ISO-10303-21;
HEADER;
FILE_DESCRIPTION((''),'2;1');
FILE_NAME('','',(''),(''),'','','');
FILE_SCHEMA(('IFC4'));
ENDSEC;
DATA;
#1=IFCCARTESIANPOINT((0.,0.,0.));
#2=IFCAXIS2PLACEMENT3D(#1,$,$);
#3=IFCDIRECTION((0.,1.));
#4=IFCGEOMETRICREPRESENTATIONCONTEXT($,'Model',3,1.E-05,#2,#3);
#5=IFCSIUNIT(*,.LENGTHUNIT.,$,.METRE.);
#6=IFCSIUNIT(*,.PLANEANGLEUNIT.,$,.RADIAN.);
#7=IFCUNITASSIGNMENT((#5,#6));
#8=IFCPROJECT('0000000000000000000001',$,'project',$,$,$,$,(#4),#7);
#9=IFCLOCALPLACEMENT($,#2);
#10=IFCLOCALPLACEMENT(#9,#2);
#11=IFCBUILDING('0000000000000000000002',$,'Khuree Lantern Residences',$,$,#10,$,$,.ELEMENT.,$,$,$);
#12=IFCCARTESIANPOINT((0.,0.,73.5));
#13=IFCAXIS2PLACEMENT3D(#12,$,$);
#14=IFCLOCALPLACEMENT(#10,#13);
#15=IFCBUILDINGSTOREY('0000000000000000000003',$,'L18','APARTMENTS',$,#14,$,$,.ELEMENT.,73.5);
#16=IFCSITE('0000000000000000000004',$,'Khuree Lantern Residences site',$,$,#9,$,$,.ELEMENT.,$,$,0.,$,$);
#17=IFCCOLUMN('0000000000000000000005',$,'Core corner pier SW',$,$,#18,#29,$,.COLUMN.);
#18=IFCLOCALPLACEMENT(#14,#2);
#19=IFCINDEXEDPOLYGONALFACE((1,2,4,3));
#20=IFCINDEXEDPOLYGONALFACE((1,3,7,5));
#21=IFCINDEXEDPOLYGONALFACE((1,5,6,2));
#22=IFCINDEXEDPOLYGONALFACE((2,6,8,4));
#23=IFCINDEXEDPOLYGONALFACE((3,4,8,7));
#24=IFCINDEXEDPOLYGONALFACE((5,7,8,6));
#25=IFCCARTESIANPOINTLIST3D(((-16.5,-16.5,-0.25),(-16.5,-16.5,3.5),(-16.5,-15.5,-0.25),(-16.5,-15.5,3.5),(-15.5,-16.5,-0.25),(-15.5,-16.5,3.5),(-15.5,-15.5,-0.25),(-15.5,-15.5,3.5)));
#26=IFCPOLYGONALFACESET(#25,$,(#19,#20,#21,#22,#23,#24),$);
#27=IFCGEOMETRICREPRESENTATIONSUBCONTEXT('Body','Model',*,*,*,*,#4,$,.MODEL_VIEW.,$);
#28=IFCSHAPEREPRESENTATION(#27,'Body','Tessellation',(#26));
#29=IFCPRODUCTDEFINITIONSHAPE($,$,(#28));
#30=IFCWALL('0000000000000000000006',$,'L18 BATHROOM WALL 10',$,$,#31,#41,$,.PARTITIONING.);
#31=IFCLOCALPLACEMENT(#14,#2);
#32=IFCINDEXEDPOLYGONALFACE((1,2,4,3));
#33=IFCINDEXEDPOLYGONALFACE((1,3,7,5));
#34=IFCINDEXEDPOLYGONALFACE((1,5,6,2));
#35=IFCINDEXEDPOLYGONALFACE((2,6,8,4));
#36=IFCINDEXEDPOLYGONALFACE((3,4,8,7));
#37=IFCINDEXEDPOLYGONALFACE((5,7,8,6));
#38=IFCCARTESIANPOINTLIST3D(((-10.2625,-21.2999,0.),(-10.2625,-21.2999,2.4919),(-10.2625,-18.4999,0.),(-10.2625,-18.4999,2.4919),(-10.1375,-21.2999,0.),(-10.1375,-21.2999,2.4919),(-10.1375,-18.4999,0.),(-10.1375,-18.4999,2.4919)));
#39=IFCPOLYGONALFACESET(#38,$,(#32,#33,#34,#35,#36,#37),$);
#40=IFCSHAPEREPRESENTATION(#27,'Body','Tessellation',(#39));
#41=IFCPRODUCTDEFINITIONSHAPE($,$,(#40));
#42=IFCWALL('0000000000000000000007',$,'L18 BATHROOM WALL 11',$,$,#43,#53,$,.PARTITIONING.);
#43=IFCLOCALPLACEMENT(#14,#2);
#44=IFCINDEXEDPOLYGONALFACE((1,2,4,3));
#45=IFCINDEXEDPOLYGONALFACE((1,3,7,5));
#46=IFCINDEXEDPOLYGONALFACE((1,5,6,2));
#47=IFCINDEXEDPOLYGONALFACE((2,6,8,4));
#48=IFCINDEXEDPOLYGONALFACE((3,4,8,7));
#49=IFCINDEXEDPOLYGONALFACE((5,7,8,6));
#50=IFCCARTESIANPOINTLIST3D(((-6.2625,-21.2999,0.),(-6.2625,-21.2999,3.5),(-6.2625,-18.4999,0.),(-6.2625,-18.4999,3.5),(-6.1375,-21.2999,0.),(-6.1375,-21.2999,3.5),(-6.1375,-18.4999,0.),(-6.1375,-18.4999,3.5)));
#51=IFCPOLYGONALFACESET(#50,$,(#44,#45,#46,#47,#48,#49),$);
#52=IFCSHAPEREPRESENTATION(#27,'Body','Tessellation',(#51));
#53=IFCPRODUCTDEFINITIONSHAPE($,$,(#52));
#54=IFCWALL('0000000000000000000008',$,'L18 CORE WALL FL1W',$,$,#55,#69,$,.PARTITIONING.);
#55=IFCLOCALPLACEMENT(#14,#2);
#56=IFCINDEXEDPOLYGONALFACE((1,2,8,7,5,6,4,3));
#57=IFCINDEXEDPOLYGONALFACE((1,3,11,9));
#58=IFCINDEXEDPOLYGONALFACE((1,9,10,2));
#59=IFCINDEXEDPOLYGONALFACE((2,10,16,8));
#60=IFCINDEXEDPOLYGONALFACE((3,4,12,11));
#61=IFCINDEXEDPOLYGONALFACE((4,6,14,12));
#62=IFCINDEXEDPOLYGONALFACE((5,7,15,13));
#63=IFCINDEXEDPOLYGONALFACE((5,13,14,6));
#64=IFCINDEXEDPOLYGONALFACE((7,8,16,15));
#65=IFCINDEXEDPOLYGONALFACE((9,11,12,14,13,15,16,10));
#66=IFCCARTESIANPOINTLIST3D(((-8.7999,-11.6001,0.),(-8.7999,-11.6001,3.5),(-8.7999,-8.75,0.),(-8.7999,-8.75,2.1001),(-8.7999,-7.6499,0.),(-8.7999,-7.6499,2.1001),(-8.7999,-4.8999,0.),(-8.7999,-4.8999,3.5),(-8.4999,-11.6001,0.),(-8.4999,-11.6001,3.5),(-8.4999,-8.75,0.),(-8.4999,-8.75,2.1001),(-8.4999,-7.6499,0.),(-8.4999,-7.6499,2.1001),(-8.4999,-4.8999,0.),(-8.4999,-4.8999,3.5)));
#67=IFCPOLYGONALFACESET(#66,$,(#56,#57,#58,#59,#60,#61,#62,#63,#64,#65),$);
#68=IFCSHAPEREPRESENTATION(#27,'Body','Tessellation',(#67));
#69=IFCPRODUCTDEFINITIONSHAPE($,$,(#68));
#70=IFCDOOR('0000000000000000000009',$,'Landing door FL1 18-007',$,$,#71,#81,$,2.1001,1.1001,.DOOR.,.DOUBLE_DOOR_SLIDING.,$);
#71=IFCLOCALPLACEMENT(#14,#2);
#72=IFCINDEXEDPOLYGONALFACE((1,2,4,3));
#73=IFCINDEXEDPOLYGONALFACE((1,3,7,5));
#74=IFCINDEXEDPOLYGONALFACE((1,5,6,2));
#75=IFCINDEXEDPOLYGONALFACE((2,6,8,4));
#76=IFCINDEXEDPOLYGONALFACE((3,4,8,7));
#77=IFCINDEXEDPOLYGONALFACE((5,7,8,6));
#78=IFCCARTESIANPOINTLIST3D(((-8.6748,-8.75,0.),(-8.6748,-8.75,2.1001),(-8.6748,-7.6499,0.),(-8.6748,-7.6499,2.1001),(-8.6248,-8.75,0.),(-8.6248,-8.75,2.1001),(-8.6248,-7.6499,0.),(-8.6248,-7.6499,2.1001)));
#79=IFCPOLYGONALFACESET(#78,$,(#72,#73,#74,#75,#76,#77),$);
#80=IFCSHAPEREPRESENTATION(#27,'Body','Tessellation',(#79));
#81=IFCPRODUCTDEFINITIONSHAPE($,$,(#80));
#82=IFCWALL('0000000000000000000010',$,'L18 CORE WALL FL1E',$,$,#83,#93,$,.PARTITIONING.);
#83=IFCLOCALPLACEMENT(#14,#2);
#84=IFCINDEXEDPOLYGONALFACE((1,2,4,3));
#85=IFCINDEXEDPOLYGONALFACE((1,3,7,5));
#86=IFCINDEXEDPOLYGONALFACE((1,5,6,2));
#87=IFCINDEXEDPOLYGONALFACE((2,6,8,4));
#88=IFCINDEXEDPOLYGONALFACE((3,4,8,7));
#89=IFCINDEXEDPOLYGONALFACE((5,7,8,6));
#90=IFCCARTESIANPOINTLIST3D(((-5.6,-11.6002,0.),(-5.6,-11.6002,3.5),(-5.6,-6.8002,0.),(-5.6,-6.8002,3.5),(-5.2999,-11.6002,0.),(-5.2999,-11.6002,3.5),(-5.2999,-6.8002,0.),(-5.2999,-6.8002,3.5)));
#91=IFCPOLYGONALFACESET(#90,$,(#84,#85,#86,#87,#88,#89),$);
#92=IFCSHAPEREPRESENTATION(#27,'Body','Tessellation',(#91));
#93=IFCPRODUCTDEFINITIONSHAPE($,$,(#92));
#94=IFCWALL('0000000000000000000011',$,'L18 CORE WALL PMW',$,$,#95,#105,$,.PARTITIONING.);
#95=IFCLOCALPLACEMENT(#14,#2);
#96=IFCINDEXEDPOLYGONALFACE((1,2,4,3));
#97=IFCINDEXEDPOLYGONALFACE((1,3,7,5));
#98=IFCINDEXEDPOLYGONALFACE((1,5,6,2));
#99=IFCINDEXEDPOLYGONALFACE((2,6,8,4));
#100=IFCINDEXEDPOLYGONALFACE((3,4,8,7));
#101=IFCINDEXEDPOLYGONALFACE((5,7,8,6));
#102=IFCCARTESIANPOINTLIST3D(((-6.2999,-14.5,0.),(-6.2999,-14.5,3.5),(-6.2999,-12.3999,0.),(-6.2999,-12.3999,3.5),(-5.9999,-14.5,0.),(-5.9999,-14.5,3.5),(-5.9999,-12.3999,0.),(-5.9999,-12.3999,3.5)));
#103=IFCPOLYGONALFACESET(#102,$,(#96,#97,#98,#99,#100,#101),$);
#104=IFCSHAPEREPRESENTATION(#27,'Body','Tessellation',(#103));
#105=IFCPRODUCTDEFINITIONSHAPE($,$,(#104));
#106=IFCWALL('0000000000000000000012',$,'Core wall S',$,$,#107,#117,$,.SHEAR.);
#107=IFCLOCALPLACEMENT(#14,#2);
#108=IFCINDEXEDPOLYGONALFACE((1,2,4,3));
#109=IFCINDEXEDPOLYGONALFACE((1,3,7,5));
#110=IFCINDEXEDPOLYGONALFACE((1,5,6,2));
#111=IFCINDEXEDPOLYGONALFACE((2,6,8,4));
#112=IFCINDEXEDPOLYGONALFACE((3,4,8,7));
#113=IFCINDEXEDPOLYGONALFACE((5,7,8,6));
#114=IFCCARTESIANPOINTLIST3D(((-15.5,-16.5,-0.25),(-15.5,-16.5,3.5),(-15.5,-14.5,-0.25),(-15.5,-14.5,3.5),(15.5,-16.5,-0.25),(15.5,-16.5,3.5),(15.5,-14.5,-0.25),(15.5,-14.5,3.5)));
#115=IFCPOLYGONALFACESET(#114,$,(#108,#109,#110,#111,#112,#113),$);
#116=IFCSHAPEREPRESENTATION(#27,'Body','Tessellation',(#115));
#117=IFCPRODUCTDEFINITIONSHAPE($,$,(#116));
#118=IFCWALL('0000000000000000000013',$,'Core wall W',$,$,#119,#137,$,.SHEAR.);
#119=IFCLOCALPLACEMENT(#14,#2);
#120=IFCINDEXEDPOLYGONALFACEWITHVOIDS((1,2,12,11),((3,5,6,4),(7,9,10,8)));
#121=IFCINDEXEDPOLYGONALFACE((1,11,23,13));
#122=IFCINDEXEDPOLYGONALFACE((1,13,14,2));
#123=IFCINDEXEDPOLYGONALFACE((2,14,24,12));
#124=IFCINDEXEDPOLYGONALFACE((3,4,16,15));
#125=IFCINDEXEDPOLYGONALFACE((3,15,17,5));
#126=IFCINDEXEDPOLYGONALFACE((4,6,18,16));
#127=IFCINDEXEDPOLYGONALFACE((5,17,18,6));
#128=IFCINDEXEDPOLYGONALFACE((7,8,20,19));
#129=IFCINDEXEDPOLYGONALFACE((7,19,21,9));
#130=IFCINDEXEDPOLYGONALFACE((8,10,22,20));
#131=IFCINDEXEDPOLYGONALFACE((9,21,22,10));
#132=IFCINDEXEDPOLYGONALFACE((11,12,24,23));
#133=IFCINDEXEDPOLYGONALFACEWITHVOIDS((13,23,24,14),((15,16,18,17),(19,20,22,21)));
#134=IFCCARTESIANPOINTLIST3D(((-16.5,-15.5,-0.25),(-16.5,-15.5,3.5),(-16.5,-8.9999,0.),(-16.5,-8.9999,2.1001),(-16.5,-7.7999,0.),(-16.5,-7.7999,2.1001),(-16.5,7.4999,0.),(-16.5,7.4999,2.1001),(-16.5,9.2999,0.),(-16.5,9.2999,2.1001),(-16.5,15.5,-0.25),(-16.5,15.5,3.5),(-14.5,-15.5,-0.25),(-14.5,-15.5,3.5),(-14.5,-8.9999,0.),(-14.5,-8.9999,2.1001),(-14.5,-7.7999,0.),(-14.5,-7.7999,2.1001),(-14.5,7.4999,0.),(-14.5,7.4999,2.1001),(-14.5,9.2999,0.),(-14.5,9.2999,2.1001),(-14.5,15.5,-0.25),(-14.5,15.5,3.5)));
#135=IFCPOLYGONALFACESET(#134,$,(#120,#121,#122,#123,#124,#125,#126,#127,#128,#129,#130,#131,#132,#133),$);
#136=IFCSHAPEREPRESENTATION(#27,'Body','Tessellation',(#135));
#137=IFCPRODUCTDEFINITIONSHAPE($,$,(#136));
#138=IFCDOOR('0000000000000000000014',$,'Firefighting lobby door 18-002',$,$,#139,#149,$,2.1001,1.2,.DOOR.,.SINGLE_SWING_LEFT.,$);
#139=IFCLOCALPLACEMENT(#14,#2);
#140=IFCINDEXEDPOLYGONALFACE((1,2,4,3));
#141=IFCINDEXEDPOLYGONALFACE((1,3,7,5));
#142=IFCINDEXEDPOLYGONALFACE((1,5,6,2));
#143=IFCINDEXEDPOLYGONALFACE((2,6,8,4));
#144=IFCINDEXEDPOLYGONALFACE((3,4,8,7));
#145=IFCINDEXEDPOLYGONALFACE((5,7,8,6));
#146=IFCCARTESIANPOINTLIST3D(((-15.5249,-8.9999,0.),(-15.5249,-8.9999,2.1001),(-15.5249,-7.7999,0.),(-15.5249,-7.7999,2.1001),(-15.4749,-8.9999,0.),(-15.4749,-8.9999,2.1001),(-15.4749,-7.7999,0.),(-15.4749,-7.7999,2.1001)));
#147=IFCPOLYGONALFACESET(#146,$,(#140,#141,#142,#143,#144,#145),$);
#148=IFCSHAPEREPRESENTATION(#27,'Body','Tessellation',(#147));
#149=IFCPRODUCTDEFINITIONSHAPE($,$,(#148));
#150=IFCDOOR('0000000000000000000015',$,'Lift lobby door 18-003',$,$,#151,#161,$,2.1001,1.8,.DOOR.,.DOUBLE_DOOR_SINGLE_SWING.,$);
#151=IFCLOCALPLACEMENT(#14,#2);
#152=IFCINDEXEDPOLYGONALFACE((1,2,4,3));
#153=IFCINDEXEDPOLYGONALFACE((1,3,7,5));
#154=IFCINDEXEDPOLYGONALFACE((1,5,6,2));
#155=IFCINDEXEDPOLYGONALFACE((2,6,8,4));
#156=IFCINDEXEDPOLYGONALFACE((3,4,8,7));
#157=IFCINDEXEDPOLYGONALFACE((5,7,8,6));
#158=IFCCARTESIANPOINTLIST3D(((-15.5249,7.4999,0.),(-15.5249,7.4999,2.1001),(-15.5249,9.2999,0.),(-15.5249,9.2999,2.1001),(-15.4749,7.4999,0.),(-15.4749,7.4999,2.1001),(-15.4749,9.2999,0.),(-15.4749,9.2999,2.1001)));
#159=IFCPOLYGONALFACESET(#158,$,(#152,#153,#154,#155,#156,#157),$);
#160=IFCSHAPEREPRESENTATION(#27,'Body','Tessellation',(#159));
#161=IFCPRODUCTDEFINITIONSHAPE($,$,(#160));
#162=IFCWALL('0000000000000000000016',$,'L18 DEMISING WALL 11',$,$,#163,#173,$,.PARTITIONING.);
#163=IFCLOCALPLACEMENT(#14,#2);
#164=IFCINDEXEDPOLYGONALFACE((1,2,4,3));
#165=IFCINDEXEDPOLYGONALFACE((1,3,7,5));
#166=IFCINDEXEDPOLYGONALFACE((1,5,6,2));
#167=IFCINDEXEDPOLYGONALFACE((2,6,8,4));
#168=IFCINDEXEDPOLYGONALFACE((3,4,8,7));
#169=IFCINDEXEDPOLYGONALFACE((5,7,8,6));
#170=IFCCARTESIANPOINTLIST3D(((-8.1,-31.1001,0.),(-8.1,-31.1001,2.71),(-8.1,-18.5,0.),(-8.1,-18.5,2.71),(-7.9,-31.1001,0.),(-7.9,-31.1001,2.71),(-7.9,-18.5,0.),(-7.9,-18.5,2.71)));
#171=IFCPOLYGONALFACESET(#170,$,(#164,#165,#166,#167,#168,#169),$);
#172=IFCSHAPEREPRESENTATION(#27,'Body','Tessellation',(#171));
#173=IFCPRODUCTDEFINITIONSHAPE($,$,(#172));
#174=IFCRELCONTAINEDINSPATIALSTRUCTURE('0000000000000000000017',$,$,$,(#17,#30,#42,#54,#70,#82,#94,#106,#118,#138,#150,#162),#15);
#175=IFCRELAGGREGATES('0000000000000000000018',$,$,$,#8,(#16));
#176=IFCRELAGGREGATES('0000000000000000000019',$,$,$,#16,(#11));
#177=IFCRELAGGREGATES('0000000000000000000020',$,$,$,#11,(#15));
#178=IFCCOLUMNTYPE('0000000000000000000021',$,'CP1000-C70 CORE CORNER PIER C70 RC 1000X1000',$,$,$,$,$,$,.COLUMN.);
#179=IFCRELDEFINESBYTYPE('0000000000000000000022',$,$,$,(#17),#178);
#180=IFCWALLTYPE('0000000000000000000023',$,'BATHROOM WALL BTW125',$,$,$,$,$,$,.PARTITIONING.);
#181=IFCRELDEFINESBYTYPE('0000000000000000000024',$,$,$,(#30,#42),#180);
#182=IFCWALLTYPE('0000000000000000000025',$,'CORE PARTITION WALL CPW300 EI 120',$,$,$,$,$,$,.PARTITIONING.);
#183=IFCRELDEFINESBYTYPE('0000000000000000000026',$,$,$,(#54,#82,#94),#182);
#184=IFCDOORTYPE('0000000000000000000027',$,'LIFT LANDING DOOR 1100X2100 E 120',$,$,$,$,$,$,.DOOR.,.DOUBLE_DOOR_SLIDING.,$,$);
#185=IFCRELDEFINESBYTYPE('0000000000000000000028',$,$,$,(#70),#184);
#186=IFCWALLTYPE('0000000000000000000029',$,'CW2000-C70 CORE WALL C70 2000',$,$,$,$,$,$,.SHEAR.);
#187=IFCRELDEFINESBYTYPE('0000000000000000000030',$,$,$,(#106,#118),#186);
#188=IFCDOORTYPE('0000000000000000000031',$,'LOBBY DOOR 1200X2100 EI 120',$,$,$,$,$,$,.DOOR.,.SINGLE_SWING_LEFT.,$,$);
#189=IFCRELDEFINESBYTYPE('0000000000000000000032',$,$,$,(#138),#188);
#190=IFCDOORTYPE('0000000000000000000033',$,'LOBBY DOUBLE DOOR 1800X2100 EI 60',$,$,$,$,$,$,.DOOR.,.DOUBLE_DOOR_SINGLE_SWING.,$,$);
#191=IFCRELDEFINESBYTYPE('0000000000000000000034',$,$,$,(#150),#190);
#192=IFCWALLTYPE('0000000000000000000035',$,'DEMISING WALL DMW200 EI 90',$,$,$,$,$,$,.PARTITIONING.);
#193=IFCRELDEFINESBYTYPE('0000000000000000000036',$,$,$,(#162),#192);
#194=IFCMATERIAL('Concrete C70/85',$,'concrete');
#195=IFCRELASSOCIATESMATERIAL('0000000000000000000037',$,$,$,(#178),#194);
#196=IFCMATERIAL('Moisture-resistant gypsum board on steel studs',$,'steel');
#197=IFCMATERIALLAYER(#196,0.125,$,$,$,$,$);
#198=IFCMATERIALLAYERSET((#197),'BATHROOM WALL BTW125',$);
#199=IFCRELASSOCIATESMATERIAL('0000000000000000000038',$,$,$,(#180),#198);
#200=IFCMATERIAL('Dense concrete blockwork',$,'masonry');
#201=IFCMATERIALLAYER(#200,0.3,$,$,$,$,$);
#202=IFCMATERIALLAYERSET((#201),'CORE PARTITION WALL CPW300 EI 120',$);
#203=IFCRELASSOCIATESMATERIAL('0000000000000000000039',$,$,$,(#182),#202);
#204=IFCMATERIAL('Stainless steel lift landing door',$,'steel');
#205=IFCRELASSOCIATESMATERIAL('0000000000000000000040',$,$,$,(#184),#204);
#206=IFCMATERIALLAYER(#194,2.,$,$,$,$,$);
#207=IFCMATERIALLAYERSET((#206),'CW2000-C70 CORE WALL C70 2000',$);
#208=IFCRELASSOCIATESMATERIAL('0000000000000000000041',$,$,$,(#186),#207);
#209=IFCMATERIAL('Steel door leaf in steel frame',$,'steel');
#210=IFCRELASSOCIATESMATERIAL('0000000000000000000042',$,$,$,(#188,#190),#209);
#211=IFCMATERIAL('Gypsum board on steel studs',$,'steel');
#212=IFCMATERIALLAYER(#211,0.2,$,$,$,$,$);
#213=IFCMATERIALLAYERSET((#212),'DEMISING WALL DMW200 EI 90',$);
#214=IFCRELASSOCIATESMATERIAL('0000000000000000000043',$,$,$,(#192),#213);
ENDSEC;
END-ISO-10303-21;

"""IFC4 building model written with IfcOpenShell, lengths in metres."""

from ifc_helpers import new_model, si_unit, direction, frame, frame_2d, origin, origin_2d, place, context, subcontext, project, spatial, rectangle, extrude, material, layer, layer_set, material_profile, profile_set, type_object, element, fill, save


model = new_model("IFC4")

# Units and contexts
model_context = context("Model", 3, precision=1e-05, world=origin(), true_north=direction((0.0, 1.0)))
body_context = subcontext(model_context, "Body", "Model", "MODEL_VIEW")
ifc_project = project(units=[si_unit("LENGTHUNIT", "METRE"), si_unit("PLANEANGLEUNIT", "RADIAN")], contexts=[model_context])

# Site, building, storey
site_placement = place(None, origin())
site = spatial("IfcSite", under=ifc_project, at=site_placement, Name="Khuree Lantern Residences site", CompositionType="ELEMENT", RefElevation=0.0)
building_placement = place(site_placement, origin())
building = spatial("IfcBuilding", under=site, at=building_placement, Name="Khuree Lantern Residences", CompositionType="ELEMENT")
storey_placement = place(building_placement, frame((0.0, 0.0, 73.5)))
storey = spatial("IfcBuildingStorey", under=building, at=storey_placement, Name="L18", Description="APARTMENTS", CompositionType="ELEMENT", Elevation=73.5)

# Column
ifc_material_1 = material(Name="Concrete C70/85", Category="concrete")
ifc_material_profile = material_profile(ifc_material_1, rectangle(XDim=1.0, YDim=1.0, at=origin_2d()), Name="RC 1000X1000")
ifc_profile_set = profile_set([ifc_material_profile], Name="Concrete C70/85")
column_type = type_object("IfcColumnType", Name="CP1000-C70 CORE CORNER PIER C70 RC 1000X1000", PredefinedType="COLUMN", material=ifc_profile_set)
column_placement = place(storey_placement, frame((-16.0, -16.0, -0.25), z_axis=(0.0, 0.0, 1.0), x_axis=(1.0, 0.0, 0.0)))
element("IfcColumn", 1, at=column_placement, inside=storey, type_object=column_type, Name="Core corner pier SW", PredefinedType="COLUMN", context=body_context, shape_type="SweptSolid", body=[
    extrude(rectangle(XDim=1.0, YDim=1.0, at=origin_2d()), origin(), (0.0, 0.0, 1.0), 3.75),
])

# Walls
ifc_material_2 = material(Name="Moisture-resistant gypsum board on steel studs", Category="steel")
ifc_layer_1 = layer(ifc_material_2, 0.125)
ifc_layer_set_1 = layer_set([ifc_layer_1], Name="BATHROOM WALL BTW125")
wall_type_1 = type_object("IfcWallType", Name="BATHROOM WALL BTW125", PredefinedType="PARTITIONING", material=ifc_layer_set_1)
wall_1_placement = place(storey_placement, frame((-10.2, -18.5, 0.0), z_axis=(0.0, 0.0, 1.0), x_axis=(0.0, -1.0, 0.0)))
element("IfcWall", 2, at=wall_1_placement, inside=storey, type_object=wall_type_1, Name="L18 BATHROOM WALL 10", PredefinedType="PARTITIONING", context=body_context, shape_type="SweptSolid", body=[
    extrude(rectangle(XDim=2.8, YDim=0.125, at=frame_2d((1.3999, 0.0))), origin(), (0.0, 0.0, 1.0), 2.4919),
])
wall_2_placement = place(storey_placement, frame((-6.2, -18.5, 0.0), z_axis=(0.0, 0.0, 1.0), x_axis=(0.0, -1.0, 0.0)))
element("IfcWall", 3, at=wall_2_placement, inside=storey, type_object=wall_type_1, Name="L18 BATHROOM WALL 11", PredefinedType="PARTITIONING", context=body_context, shape_type="SweptSolid", body=[
    extrude(rectangle(XDim=2.8, YDim=0.125, at=frame_2d((1.3999, 0.0))), origin(), (0.0, 0.0, 1.0), 3.5),
])

# Wall, opening, door
ifc_material_3 = material(Name="Dense concrete blockwork", Category="masonry")
ifc_layer_2 = layer(ifc_material_3, 0.3)
ifc_layer_set_2 = layer_set([ifc_layer_2], Name="CORE PARTITION WALL CPW300 EI 120")
wall_type_2 = type_object("IfcWallType", Name="CORE PARTITION WALL CPW300 EI 120", PredefinedType="PARTITIONING", material=ifc_layer_set_2)
wall_3_placement = place(storey_placement, frame((-8.6499, -11.6001, 0.0), z_axis=(0.0, 0.0, 1.0), x_axis=(0.0, 1.0, 0.0)))
wall_3 = element("IfcWall", 4, at=wall_3_placement, inside=storey, type_object=wall_type_2, Name="L18 CORE WALL FL1W", PredefinedType="PARTITIONING", context=body_context, shape_type="SweptSolid", body=[
    extrude(rectangle(XDim=6.7002, YDim=0.3, at=frame_2d((3.3501, 0.0))), origin(), (0.0, 0.0, 1.0), 3.5),
])
opening_1_placement = place(wall_3_placement, frame((2.8501, 0.0, 0.0)))
opening_1 = element("IfcOpeningElement", 5, at=opening_1_placement, cuts=wall_3, PredefinedType="OPENING", context=body_context, shape_type="SweptSolid", body=[
    extrude(rectangle(XDim=1.1001, YDim=2.1001, at=frame_2d((0.55, 1.05))), frame((0.0, 0.1602, 0.0), z_axis=(0.0, -1.0, 0.0), x_axis=(1.0, 0.0, 0.0)), (0.0, 0.0, 1.0), 0.3201),
])
ifc_material_4 = material(Name="Stainless steel lift landing door", Category="steel")
door_type_1 = type_object("IfcDoorType", Name="LIFT LANDING DOOR 1100X2100 E 120", OperationType="DOUBLE_DOOR_SLIDING", PredefinedType="DOOR", material=ifc_material_4)
door_1_placement = place(opening_1_placement, origin())
door_1 = element("IfcDoor", 6, at=door_1_placement, inside=storey, type_object=door_type_1, Name="Landing door FL1 18-007", OperationType="DOUBLE_DOOR_SLIDING", OverallHeight=2.1001, OverallWidth=1.1001, PredefinedType="DOOR", context=body_context, shape_type="SweptSolid", body=[
    extrude(rectangle(XDim=1.1001, YDim=2.1001, at=frame_2d((0.55, 1.05))), frame((0.0, 0.0249, 0.0), z_axis=(0.0, -1.0, 0.0), x_axis=(1.0, 0.0, 0.0)), (0.0, 0.0, 1.0), 0.05),
])
fill(opening_1, door_1)

# Walls
wall_4_placement = place(storey_placement, frame((-5.45, -11.6001, 0.0), z_axis=(0.0, 0.0, 1.0), x_axis=(0.0, 1.0, 0.0)))
element("IfcWall", 7, at=wall_4_placement, inside=storey, type_object=wall_type_2, Name="L18 CORE WALL FL1E", PredefinedType="PARTITIONING", context=body_context, shape_type="SweptSolid", body=[
    extrude(rectangle(XDim=4.8, YDim=0.3, at=frame_2d((2.3999, 0.0))), origin(), (0.0, 0.0, 1.0), 3.5),
])
wall_5_placement = place(storey_placement, frame((-6.1499, -14.5, 0.0), z_axis=(0.0, 0.0, 1.0), x_axis=(0.0, 1.0, 0.0)))
element("IfcWall", 8, at=wall_5_placement, inside=storey, type_object=wall_type_2, Name="L18 CORE WALL PMW", PredefinedType="PARTITIONING", context=body_context, shape_type="SweptSolid", body=[
    extrude(rectangle(XDim=2.1001, YDim=0.3, at=frame_2d((1.05, 0.0))), origin(), (0.0, 0.0, 1.0), 3.5),
])
ifc_layer_3 = layer(ifc_material_1, 2.0)
ifc_layer_set_3 = layer_set([ifc_layer_3], Name="CW2000-C70 CORE WALL C70 2000")
wall_type_3 = type_object("IfcWallType", Name="CW2000-C70 CORE WALL C70 2000", PredefinedType="SHEAR", material=ifc_layer_set_3)
wall_6_placement = place(storey_placement, frame((-15.5, -15.5, -0.25), z_axis=(0.0, 0.0, 1.0), x_axis=(1.0, 0.0, 0.0)))
element("IfcWall", 9, at=wall_6_placement, inside=storey, type_object=wall_type_3, Name="Core wall S", PredefinedType="SHEAR", context=body_context, shape_type="SweptSolid", body=[
    extrude(rectangle(XDim=31.0, YDim=2.0, at=frame_2d((15.5, 0.0))), origin(), (0.0, 0.0, 1.0), 3.75),
])

# Wall, openings, doors
wall_7_placement = place(storey_placement, frame((-15.5, -15.5, -0.25), z_axis=(0.0, 0.0, 1.0), x_axis=(0.0, 1.0, 0.0)))
wall_7 = element("IfcWall", 10, at=wall_7_placement, inside=storey, type_object=wall_type_3, Name="Core wall W", PredefinedType="SHEAR", context=body_context, shape_type="SweptSolid", body=[
    extrude(rectangle(XDim=31.0, YDim=2.0, at=frame_2d((15.5, 0.0))), origin(), (0.0, 0.0, 1.0), 3.75),
])
opening_2_placement = place(wall_7_placement, frame((6.5, 0.0, 0.25)))
opening_2 = element("IfcOpeningElement", 11, at=opening_2_placement, cuts=wall_7, PredefinedType="OPENING", context=body_context, shape_type="SweptSolid", body=[
    extrude(rectangle(XDim=1.2, YDim=2.1001, at=frame_2d((0.6001, 1.05))), frame((0.0, 1.01, 0.0), z_axis=(0.0, -1.0, 0.0), x_axis=(1.0, 0.0, 0.0)), (0.0, 0.0, 1.0), 2.02),
])
opening_3_placement = place(wall_7_placement, frame((23.0, 0.0, 0.25)))
opening_3 = element("IfcOpeningElement", 12, at=opening_3_placement, cuts=wall_7, PredefinedType="OPENING", context=body_context, shape_type="SweptSolid", body=[
    extrude(rectangle(XDim=1.8, YDim=2.1001, at=frame_2d((0.8999, 1.05))), frame((0.0, 1.01, 0.0), z_axis=(0.0, -1.0, 0.0), x_axis=(1.0, 0.0, 0.0)), (0.0, 0.0, 1.0), 2.02),
])
ifc_material_5 = material(Name="Steel door leaf in steel frame", Category="steel")
door_type_2 = type_object("IfcDoorType", Name="LOBBY DOOR 1200X2100 EI 120", OperationType="SINGLE_SWING_LEFT", PredefinedType="DOOR", material=ifc_material_5)
door_2_placement = place(opening_2_placement, origin())
door_2 = element("IfcDoor", 13, at=door_2_placement, inside=storey, type_object=door_type_2, Name="Firefighting lobby door 18-002", OperationType="SINGLE_SWING_LEFT", OverallHeight=2.1001, OverallWidth=1.2, PredefinedType="DOOR", context=body_context, shape_type="SweptSolid", body=[
    extrude(rectangle(XDim=1.2, YDim=2.1001, at=frame_2d((0.6001, 1.05))), frame((0.0, 0.0249, 0.0), z_axis=(0.0, -1.0, 0.0), x_axis=(1.0, 0.0, 0.0)), (0.0, 0.0, 1.0), 0.05),
])
fill(opening_2, door_2)
door_type_3 = type_object("IfcDoorType", Name="LOBBY DOUBLE DOOR 1800X2100 EI 60", OperationType="DOUBLE_DOOR_SINGLE_SWING", PredefinedType="DOOR", material=ifc_material_5)
door_3_placement = place(opening_3_placement, origin())
door_3 = element("IfcDoor", 14, at=door_3_placement, inside=storey, type_object=door_type_3, Name="Lift lobby door 18-003", OperationType="DOUBLE_DOOR_SINGLE_SWING", OverallHeight=2.1001, OverallWidth=1.8, PredefinedType="DOOR", context=body_context, shape_type="SweptSolid", body=[
    extrude(rectangle(XDim=1.8, YDim=2.1001, at=frame_2d((0.8999, 1.05))), frame((0.0, 0.0249, 0.0), z_axis=(0.0, -1.0, 0.0), x_axis=(1.0, 0.0, 0.0)), (0.0, 0.0, 1.0), 0.05),
])
fill(opening_3, door_3)

# Wall
ifc_material_6 = material(Name="Gypsum board on steel studs", Category="steel")
ifc_layer_4 = layer(ifc_material_6, 0.2)
ifc_layer_set_4 = layer_set([ifc_layer_4], Name="DEMISING WALL DMW200 EI 90")
wall_type_4 = type_object("IfcWallType", Name="DEMISING WALL DMW200 EI 90", PredefinedType="PARTITIONING", material=ifc_layer_set_4)
for number, where, z_axis, x_axis, name in (
    (15, (-8.0, -18.5, 0.0), (0.0, 0.0, 1.0), (0.0, -1.0, 0.0), "L18 DEMISING WALL 11"),
):
    element("IfcWall", number, at=place(storey_placement, frame(where, z_axis=z_axis, x_axis=x_axis)), inside=storey, type_object=wall_type_4, Name=name, PredefinedType="PARTITIONING", context=body_context, shape_type="SweptSolid", body=[
        extrude(rectangle(XDim=12.6001, YDim=0.2, at=frame_2d((6.3, 0.0))), origin(), (0.0, 0.0, 1.0), 2.71),
    ])

save(model, "model.ifc")
